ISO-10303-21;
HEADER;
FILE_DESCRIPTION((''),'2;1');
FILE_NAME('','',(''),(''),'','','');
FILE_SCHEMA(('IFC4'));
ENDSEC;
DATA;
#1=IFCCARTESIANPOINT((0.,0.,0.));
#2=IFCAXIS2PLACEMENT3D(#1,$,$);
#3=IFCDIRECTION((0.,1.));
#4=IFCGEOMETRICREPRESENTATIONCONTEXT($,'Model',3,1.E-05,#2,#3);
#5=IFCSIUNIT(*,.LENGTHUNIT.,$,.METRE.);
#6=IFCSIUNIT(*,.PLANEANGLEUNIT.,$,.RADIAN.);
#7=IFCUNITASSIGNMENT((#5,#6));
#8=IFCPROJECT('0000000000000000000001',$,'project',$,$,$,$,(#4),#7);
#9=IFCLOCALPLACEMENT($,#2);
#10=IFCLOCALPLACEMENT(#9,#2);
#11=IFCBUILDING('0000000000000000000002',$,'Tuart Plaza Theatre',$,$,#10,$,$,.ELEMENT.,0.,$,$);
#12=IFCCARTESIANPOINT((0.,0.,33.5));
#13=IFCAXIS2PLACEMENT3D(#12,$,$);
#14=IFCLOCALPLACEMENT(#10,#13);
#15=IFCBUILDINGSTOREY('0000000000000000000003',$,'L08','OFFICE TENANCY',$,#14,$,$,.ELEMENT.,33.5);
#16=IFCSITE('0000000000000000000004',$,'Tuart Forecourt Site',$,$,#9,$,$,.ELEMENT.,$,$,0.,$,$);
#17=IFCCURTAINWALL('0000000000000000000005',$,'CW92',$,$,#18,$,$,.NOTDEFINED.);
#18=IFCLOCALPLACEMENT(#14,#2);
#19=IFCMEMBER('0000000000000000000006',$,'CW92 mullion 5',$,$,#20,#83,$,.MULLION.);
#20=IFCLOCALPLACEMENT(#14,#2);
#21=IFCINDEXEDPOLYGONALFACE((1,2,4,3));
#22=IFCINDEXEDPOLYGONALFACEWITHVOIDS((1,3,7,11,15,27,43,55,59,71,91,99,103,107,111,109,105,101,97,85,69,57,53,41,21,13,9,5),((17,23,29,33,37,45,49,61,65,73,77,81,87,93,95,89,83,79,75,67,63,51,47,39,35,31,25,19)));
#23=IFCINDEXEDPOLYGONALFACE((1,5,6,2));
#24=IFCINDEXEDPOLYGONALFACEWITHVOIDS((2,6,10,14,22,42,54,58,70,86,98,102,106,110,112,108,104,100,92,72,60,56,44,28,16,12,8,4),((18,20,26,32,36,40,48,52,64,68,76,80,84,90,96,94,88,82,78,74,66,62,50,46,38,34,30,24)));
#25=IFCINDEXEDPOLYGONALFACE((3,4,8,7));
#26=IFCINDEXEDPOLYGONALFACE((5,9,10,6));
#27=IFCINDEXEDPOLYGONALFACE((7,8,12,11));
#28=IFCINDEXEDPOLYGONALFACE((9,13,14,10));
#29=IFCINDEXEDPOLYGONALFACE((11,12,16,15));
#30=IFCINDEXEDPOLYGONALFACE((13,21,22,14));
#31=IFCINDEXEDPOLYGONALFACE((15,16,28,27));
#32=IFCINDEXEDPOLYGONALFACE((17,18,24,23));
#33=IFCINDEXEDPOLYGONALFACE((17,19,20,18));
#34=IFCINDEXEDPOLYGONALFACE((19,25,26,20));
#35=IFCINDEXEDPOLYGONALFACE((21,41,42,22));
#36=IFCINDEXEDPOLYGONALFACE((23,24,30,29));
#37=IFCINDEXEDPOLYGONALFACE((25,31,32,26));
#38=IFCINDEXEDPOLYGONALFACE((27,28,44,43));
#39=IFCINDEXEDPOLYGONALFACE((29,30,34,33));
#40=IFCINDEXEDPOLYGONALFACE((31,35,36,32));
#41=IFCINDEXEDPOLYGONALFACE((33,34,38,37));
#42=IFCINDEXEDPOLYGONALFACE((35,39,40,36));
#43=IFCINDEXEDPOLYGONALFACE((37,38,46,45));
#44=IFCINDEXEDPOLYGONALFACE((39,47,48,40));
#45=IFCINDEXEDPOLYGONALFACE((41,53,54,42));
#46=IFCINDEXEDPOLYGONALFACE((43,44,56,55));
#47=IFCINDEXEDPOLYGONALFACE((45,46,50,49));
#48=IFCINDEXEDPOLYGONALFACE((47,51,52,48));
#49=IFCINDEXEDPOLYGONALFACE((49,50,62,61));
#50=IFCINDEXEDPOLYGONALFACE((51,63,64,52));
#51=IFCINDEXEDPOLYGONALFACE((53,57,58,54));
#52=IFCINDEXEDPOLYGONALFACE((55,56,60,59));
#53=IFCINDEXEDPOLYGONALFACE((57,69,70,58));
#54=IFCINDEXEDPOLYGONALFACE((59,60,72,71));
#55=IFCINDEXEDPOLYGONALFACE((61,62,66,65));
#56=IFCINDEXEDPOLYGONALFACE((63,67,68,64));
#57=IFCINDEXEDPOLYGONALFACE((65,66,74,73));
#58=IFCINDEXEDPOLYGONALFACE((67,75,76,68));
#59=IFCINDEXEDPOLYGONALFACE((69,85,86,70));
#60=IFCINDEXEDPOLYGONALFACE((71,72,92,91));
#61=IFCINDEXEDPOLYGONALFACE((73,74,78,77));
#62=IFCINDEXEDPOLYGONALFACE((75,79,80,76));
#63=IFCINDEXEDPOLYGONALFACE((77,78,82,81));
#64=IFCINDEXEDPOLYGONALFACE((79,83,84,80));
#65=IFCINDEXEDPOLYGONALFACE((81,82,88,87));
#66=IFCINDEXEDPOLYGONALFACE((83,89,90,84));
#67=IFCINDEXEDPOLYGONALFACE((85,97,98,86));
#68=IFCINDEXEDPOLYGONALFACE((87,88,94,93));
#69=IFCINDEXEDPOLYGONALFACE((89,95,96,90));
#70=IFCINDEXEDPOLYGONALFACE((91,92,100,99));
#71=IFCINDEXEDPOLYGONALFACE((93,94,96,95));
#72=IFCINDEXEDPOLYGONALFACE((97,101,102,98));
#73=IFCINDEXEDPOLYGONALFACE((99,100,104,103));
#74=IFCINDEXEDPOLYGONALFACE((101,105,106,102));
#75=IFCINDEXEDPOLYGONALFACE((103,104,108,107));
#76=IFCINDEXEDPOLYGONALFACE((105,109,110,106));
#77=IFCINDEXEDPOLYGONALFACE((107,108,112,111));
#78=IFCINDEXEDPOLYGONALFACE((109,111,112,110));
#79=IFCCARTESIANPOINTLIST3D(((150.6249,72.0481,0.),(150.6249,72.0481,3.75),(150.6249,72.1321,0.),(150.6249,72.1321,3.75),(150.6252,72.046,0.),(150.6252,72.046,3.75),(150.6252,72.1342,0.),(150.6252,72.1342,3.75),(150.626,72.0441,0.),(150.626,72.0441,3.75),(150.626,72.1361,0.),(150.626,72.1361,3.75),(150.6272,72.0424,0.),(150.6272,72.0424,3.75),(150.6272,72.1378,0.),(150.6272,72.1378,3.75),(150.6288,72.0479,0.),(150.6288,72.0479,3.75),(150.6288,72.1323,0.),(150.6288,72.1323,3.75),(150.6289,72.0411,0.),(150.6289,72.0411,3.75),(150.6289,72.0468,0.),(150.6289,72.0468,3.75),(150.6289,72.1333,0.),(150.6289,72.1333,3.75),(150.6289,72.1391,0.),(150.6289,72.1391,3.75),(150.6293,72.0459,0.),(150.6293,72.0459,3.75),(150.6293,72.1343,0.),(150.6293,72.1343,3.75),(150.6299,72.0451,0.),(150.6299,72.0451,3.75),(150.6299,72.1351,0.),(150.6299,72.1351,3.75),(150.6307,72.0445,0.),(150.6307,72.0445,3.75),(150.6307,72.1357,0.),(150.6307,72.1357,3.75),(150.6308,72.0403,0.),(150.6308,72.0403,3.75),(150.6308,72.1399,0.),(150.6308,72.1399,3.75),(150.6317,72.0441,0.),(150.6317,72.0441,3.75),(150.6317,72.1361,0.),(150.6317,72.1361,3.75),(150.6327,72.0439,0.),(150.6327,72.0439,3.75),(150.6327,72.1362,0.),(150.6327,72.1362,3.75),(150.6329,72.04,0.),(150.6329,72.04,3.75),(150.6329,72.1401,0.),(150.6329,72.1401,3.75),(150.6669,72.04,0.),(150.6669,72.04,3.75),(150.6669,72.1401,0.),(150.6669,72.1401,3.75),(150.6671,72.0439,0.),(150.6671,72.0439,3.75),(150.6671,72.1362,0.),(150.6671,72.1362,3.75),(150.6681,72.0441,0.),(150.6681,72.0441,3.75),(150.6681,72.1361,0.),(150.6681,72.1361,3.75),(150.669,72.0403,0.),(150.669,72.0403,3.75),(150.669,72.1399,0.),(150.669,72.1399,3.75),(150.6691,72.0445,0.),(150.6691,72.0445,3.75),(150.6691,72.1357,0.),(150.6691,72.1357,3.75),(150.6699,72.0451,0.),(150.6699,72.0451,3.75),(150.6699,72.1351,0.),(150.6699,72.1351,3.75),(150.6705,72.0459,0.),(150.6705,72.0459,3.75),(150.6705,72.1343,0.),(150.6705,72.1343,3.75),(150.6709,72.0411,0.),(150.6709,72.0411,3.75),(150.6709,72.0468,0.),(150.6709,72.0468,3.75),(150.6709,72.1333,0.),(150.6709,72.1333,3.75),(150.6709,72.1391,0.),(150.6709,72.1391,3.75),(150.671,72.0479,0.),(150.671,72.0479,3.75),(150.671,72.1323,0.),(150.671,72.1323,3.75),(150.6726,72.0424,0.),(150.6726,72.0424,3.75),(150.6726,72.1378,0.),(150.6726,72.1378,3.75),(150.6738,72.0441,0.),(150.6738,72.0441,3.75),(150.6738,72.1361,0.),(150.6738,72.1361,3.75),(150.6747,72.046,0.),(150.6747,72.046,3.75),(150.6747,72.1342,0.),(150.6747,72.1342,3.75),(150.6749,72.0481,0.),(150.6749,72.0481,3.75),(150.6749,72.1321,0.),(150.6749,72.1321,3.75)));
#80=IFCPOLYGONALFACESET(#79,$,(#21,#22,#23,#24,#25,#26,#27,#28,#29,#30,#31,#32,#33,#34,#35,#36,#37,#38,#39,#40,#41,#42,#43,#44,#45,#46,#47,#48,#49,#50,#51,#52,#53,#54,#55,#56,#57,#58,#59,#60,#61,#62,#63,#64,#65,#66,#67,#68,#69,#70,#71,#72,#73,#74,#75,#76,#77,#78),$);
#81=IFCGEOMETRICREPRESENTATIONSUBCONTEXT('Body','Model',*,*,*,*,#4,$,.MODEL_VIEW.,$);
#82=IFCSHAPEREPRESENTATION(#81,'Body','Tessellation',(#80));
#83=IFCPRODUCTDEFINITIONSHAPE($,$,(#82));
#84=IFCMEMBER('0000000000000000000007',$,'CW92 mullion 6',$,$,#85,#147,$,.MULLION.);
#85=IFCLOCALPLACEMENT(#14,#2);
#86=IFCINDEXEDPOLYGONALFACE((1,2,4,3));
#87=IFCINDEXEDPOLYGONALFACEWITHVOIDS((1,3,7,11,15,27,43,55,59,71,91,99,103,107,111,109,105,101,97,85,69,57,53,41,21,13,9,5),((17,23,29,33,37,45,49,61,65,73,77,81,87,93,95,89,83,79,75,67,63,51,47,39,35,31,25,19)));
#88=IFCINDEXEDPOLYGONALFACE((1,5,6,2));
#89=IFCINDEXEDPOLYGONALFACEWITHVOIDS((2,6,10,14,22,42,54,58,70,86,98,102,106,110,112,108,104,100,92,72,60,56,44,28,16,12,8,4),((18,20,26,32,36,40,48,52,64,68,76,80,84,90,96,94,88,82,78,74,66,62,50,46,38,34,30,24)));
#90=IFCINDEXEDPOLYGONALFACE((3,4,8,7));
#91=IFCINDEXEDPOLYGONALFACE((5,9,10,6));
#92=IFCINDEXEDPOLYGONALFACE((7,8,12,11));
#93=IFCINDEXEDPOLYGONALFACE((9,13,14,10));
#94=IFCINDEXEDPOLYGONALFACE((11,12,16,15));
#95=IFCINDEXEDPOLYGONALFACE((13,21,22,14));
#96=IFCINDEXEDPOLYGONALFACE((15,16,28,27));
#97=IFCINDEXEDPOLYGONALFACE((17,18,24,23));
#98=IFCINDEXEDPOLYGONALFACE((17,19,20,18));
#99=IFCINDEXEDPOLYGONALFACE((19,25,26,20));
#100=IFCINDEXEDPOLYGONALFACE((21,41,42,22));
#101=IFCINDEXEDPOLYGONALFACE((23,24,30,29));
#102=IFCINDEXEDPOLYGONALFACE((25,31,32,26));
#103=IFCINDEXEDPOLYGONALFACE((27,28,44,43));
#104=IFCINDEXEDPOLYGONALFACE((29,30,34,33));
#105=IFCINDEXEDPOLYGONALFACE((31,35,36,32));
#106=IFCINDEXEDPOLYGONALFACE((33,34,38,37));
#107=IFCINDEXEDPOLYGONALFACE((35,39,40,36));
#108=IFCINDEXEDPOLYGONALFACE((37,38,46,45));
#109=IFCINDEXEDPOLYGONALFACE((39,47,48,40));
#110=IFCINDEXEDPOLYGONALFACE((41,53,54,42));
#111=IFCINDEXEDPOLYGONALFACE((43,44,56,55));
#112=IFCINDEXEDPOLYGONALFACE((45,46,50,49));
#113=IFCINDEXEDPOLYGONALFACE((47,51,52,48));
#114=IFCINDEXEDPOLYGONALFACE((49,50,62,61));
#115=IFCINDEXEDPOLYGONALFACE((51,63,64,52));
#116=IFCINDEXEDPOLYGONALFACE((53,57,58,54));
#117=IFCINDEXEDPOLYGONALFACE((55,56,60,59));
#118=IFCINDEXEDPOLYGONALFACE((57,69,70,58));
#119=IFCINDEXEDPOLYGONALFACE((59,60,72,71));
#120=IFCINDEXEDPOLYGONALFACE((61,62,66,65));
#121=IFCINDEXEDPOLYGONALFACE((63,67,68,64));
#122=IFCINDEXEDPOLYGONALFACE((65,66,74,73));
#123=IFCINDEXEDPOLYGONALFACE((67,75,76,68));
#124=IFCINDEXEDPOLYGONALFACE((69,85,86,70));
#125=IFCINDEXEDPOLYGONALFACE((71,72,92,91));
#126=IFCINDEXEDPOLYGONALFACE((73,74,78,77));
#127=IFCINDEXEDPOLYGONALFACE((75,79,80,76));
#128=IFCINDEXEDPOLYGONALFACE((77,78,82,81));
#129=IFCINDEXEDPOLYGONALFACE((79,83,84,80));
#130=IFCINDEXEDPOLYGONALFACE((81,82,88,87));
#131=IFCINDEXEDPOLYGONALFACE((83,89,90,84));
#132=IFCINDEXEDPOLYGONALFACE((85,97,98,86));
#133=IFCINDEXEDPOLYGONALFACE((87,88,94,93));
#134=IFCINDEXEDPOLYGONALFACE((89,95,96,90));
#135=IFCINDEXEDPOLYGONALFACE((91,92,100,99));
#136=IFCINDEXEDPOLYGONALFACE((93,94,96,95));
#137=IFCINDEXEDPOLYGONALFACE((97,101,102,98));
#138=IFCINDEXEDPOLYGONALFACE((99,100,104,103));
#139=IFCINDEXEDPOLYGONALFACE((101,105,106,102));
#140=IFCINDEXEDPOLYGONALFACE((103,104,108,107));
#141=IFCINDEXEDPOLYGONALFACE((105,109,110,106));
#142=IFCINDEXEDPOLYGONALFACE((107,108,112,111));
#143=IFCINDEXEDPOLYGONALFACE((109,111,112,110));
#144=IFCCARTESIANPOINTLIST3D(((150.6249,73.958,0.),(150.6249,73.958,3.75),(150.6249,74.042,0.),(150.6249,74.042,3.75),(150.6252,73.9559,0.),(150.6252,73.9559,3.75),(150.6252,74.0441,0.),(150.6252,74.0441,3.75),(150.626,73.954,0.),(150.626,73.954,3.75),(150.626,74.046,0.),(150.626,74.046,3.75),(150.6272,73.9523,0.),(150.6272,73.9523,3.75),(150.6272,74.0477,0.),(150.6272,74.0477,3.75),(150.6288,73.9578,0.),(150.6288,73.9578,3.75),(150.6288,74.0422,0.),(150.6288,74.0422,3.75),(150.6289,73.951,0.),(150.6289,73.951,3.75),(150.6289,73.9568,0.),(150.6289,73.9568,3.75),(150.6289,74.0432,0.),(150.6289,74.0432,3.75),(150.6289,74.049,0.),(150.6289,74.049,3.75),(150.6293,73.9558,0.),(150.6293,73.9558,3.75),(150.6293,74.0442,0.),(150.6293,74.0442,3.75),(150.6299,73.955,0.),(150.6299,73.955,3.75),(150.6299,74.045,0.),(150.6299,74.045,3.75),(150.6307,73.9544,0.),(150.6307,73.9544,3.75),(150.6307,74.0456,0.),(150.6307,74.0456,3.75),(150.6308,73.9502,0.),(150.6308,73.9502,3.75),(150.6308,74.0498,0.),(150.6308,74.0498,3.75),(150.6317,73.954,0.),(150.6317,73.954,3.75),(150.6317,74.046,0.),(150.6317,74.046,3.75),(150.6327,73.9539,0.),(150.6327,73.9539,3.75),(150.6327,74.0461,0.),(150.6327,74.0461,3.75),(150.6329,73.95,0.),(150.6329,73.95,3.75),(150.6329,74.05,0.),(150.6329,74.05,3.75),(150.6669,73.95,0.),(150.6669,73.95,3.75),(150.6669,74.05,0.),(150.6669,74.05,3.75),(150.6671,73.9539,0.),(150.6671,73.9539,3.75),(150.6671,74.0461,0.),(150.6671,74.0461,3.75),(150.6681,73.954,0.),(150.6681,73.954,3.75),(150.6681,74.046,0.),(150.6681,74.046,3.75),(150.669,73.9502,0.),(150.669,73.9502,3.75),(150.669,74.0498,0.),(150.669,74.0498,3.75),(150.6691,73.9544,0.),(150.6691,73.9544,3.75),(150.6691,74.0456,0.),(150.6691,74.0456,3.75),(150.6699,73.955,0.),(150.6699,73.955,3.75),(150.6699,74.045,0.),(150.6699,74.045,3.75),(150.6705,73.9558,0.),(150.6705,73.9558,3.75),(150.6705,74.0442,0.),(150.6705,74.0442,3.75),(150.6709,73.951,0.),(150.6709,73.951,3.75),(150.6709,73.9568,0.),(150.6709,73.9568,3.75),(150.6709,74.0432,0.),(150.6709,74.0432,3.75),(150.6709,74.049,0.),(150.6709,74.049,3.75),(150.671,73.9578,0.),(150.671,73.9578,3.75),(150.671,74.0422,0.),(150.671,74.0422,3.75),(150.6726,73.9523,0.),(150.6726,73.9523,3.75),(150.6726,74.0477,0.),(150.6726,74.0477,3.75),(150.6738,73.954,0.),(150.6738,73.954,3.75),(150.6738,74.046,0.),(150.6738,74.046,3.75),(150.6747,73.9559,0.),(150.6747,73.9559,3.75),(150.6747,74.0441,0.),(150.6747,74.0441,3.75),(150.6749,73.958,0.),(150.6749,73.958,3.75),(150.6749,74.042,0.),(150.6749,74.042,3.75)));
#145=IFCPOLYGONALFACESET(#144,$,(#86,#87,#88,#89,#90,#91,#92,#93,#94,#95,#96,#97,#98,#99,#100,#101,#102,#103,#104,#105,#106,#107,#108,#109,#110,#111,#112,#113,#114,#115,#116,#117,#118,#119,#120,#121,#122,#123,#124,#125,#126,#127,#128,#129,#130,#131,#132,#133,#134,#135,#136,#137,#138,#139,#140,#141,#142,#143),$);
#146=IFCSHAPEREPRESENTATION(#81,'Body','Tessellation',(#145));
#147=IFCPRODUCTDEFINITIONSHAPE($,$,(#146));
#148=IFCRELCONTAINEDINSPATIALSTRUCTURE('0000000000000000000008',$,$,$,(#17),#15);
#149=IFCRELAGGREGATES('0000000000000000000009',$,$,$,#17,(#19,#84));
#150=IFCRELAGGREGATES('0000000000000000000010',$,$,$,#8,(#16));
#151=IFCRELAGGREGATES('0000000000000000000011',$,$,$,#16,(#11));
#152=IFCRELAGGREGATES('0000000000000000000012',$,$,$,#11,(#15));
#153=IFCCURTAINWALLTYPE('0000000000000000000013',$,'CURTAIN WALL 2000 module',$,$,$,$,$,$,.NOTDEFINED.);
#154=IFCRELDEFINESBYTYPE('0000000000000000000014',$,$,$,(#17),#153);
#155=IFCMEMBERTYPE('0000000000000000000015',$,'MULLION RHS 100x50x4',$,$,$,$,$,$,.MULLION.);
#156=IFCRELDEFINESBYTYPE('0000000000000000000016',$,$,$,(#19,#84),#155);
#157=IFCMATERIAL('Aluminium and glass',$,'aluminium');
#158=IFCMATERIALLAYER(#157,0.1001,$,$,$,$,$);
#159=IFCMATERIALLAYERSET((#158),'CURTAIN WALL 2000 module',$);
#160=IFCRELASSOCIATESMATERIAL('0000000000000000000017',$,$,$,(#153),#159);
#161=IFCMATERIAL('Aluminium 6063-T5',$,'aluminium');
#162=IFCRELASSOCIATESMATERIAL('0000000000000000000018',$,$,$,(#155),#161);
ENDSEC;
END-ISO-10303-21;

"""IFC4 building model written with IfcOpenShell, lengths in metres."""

from ifc_helpers import new_model, si_unit, direction, frame, origin, origin_2d, place, context, subcontext, project, spatial, hollow_rectangle, extrude, material, layer, layer_set, material_profile, profile_set, type_object, element, aggregate, save


model = new_model("IFC4")

# Units and contexts
model_context = context("Model", 3, precision=1e-05, world=origin(), true_north=direction((0.0, 1.0)))
body_context = subcontext(model_context, "Body", "Model", "MODEL_VIEW")
ifc_project = project(units=[si_unit("LENGTHUNIT", "METRE"), si_unit("PLANEANGLEUNIT", "RADIAN")], contexts=[model_context])

# Site, building, storey
site_placement = place(None, origin())
site = spatial("IfcSite", under=ifc_project, at=site_placement, Name="Tuart Forecourt Site", CompositionType="ELEMENT", RefElevation=0.0)
building_placement = place(site_placement, origin())
building = spatial("IfcBuilding", under=site, at=building_placement, Name="Tuart Plaza Theatre", CompositionType="ELEMENT", ElevationOfRefHeight=0.0)
storey_placement = place(building_placement, frame((0.0, 0.0, 33.5)))
storey = spatial("IfcBuildingStorey", under=building, at=storey_placement, Name="L08", Description="OFFICE TENANCY", CompositionType="ELEMENT", Elevation=33.5)

# Curtain wall, members
ifc_material_1 = material(Name="Aluminium and glass", Category="aluminium")
ifc_layer_1 = layer(ifc_material_1, 0.1001)
ifc_layer_set_1 = layer_set([ifc_layer_1], Name="CURTAIN WALL 2000 module")
curtain_wall_type = type_object("IfcCurtainWallType", Name="CURTAIN WALL 2000 module", PredefinedType="NOTDEFINED", material=ifc_layer_set_1)
curtain_wall_placement = place(storey_placement, origin())
curtain_wall = element("IfcCurtainWall", 1, at=curtain_wall_placement, inside=storey, type_object=curtain_wall_type, Name="CW92", PredefinedType="NOTDEFINED")
ifc_material_2 = material(Name="Aluminium 6063-T5", Category="aluminium")
ifc_material_profile_1 = material_profile(ifc_material_2, hollow_rectangle(XDim=0.05, YDim=0.1001, WallThickness=0.0039, InnerFilletRadius=0.0039, OuterFilletRadius=0.0081, at=origin_2d()), Name="RHS 100x50x4")
ifc_profile_set_1 = profile_set([ifc_material_profile_1], Name="Aluminium 6063-T5")
member_type_1 = type_object("IfcMemberType", Name="MULLION RHS 100x50x4", PredefinedType="MULLION", material=ifc_profile_set_1)
member_1_placement = place(storey_placement, frame((150.6499, 72.0901, 0.0), z_axis=(0.0, 0.0, 1.0), x_axis=(-1.0, 0.0, 0.0)))
member_1 = element("IfcMember", 2, at=member_1_placement, type_object=member_type_1, Name="CW92 mullion 5", PredefinedType="MULLION", context=body_context, shape_type="SweptSolid", body=[
    extrude(hollow_rectangle(XDim=0.05, YDim=0.1001, WallThickness=0.0039, InnerFilletRadius=0.0039, OuterFilletRadius=0.0081, at=origin_2d()), origin(), (0.0, 0.0, 1.0), 3.75),
])
member_2_placement = place(storey_placement, frame((150.6499, 74.0, 0.0), z_axis=(0.0, 0.0, 1.0), x_axis=(-1.0, 0.0, 0.0)))
member_2 = element("IfcMember", 3, at=member_2_placement, type_object=member_type_1, Name="CW92 mullion 6", PredefinedType="MULLION", context=body_context, shape_type="SweptSolid", body=[
    extrude(hollow_rectangle(XDim=0.05, YDim=0.1001, WallThickness=0.0039, InnerFilletRadius=0.0039, OuterFilletRadius=0.0081, at=origin_2d()), origin(), (0.0, 0.0, 1.0), 3.75),
])
aggregate(curtain_wall, [member_1, member_2])

save(model, "model.ifc")
